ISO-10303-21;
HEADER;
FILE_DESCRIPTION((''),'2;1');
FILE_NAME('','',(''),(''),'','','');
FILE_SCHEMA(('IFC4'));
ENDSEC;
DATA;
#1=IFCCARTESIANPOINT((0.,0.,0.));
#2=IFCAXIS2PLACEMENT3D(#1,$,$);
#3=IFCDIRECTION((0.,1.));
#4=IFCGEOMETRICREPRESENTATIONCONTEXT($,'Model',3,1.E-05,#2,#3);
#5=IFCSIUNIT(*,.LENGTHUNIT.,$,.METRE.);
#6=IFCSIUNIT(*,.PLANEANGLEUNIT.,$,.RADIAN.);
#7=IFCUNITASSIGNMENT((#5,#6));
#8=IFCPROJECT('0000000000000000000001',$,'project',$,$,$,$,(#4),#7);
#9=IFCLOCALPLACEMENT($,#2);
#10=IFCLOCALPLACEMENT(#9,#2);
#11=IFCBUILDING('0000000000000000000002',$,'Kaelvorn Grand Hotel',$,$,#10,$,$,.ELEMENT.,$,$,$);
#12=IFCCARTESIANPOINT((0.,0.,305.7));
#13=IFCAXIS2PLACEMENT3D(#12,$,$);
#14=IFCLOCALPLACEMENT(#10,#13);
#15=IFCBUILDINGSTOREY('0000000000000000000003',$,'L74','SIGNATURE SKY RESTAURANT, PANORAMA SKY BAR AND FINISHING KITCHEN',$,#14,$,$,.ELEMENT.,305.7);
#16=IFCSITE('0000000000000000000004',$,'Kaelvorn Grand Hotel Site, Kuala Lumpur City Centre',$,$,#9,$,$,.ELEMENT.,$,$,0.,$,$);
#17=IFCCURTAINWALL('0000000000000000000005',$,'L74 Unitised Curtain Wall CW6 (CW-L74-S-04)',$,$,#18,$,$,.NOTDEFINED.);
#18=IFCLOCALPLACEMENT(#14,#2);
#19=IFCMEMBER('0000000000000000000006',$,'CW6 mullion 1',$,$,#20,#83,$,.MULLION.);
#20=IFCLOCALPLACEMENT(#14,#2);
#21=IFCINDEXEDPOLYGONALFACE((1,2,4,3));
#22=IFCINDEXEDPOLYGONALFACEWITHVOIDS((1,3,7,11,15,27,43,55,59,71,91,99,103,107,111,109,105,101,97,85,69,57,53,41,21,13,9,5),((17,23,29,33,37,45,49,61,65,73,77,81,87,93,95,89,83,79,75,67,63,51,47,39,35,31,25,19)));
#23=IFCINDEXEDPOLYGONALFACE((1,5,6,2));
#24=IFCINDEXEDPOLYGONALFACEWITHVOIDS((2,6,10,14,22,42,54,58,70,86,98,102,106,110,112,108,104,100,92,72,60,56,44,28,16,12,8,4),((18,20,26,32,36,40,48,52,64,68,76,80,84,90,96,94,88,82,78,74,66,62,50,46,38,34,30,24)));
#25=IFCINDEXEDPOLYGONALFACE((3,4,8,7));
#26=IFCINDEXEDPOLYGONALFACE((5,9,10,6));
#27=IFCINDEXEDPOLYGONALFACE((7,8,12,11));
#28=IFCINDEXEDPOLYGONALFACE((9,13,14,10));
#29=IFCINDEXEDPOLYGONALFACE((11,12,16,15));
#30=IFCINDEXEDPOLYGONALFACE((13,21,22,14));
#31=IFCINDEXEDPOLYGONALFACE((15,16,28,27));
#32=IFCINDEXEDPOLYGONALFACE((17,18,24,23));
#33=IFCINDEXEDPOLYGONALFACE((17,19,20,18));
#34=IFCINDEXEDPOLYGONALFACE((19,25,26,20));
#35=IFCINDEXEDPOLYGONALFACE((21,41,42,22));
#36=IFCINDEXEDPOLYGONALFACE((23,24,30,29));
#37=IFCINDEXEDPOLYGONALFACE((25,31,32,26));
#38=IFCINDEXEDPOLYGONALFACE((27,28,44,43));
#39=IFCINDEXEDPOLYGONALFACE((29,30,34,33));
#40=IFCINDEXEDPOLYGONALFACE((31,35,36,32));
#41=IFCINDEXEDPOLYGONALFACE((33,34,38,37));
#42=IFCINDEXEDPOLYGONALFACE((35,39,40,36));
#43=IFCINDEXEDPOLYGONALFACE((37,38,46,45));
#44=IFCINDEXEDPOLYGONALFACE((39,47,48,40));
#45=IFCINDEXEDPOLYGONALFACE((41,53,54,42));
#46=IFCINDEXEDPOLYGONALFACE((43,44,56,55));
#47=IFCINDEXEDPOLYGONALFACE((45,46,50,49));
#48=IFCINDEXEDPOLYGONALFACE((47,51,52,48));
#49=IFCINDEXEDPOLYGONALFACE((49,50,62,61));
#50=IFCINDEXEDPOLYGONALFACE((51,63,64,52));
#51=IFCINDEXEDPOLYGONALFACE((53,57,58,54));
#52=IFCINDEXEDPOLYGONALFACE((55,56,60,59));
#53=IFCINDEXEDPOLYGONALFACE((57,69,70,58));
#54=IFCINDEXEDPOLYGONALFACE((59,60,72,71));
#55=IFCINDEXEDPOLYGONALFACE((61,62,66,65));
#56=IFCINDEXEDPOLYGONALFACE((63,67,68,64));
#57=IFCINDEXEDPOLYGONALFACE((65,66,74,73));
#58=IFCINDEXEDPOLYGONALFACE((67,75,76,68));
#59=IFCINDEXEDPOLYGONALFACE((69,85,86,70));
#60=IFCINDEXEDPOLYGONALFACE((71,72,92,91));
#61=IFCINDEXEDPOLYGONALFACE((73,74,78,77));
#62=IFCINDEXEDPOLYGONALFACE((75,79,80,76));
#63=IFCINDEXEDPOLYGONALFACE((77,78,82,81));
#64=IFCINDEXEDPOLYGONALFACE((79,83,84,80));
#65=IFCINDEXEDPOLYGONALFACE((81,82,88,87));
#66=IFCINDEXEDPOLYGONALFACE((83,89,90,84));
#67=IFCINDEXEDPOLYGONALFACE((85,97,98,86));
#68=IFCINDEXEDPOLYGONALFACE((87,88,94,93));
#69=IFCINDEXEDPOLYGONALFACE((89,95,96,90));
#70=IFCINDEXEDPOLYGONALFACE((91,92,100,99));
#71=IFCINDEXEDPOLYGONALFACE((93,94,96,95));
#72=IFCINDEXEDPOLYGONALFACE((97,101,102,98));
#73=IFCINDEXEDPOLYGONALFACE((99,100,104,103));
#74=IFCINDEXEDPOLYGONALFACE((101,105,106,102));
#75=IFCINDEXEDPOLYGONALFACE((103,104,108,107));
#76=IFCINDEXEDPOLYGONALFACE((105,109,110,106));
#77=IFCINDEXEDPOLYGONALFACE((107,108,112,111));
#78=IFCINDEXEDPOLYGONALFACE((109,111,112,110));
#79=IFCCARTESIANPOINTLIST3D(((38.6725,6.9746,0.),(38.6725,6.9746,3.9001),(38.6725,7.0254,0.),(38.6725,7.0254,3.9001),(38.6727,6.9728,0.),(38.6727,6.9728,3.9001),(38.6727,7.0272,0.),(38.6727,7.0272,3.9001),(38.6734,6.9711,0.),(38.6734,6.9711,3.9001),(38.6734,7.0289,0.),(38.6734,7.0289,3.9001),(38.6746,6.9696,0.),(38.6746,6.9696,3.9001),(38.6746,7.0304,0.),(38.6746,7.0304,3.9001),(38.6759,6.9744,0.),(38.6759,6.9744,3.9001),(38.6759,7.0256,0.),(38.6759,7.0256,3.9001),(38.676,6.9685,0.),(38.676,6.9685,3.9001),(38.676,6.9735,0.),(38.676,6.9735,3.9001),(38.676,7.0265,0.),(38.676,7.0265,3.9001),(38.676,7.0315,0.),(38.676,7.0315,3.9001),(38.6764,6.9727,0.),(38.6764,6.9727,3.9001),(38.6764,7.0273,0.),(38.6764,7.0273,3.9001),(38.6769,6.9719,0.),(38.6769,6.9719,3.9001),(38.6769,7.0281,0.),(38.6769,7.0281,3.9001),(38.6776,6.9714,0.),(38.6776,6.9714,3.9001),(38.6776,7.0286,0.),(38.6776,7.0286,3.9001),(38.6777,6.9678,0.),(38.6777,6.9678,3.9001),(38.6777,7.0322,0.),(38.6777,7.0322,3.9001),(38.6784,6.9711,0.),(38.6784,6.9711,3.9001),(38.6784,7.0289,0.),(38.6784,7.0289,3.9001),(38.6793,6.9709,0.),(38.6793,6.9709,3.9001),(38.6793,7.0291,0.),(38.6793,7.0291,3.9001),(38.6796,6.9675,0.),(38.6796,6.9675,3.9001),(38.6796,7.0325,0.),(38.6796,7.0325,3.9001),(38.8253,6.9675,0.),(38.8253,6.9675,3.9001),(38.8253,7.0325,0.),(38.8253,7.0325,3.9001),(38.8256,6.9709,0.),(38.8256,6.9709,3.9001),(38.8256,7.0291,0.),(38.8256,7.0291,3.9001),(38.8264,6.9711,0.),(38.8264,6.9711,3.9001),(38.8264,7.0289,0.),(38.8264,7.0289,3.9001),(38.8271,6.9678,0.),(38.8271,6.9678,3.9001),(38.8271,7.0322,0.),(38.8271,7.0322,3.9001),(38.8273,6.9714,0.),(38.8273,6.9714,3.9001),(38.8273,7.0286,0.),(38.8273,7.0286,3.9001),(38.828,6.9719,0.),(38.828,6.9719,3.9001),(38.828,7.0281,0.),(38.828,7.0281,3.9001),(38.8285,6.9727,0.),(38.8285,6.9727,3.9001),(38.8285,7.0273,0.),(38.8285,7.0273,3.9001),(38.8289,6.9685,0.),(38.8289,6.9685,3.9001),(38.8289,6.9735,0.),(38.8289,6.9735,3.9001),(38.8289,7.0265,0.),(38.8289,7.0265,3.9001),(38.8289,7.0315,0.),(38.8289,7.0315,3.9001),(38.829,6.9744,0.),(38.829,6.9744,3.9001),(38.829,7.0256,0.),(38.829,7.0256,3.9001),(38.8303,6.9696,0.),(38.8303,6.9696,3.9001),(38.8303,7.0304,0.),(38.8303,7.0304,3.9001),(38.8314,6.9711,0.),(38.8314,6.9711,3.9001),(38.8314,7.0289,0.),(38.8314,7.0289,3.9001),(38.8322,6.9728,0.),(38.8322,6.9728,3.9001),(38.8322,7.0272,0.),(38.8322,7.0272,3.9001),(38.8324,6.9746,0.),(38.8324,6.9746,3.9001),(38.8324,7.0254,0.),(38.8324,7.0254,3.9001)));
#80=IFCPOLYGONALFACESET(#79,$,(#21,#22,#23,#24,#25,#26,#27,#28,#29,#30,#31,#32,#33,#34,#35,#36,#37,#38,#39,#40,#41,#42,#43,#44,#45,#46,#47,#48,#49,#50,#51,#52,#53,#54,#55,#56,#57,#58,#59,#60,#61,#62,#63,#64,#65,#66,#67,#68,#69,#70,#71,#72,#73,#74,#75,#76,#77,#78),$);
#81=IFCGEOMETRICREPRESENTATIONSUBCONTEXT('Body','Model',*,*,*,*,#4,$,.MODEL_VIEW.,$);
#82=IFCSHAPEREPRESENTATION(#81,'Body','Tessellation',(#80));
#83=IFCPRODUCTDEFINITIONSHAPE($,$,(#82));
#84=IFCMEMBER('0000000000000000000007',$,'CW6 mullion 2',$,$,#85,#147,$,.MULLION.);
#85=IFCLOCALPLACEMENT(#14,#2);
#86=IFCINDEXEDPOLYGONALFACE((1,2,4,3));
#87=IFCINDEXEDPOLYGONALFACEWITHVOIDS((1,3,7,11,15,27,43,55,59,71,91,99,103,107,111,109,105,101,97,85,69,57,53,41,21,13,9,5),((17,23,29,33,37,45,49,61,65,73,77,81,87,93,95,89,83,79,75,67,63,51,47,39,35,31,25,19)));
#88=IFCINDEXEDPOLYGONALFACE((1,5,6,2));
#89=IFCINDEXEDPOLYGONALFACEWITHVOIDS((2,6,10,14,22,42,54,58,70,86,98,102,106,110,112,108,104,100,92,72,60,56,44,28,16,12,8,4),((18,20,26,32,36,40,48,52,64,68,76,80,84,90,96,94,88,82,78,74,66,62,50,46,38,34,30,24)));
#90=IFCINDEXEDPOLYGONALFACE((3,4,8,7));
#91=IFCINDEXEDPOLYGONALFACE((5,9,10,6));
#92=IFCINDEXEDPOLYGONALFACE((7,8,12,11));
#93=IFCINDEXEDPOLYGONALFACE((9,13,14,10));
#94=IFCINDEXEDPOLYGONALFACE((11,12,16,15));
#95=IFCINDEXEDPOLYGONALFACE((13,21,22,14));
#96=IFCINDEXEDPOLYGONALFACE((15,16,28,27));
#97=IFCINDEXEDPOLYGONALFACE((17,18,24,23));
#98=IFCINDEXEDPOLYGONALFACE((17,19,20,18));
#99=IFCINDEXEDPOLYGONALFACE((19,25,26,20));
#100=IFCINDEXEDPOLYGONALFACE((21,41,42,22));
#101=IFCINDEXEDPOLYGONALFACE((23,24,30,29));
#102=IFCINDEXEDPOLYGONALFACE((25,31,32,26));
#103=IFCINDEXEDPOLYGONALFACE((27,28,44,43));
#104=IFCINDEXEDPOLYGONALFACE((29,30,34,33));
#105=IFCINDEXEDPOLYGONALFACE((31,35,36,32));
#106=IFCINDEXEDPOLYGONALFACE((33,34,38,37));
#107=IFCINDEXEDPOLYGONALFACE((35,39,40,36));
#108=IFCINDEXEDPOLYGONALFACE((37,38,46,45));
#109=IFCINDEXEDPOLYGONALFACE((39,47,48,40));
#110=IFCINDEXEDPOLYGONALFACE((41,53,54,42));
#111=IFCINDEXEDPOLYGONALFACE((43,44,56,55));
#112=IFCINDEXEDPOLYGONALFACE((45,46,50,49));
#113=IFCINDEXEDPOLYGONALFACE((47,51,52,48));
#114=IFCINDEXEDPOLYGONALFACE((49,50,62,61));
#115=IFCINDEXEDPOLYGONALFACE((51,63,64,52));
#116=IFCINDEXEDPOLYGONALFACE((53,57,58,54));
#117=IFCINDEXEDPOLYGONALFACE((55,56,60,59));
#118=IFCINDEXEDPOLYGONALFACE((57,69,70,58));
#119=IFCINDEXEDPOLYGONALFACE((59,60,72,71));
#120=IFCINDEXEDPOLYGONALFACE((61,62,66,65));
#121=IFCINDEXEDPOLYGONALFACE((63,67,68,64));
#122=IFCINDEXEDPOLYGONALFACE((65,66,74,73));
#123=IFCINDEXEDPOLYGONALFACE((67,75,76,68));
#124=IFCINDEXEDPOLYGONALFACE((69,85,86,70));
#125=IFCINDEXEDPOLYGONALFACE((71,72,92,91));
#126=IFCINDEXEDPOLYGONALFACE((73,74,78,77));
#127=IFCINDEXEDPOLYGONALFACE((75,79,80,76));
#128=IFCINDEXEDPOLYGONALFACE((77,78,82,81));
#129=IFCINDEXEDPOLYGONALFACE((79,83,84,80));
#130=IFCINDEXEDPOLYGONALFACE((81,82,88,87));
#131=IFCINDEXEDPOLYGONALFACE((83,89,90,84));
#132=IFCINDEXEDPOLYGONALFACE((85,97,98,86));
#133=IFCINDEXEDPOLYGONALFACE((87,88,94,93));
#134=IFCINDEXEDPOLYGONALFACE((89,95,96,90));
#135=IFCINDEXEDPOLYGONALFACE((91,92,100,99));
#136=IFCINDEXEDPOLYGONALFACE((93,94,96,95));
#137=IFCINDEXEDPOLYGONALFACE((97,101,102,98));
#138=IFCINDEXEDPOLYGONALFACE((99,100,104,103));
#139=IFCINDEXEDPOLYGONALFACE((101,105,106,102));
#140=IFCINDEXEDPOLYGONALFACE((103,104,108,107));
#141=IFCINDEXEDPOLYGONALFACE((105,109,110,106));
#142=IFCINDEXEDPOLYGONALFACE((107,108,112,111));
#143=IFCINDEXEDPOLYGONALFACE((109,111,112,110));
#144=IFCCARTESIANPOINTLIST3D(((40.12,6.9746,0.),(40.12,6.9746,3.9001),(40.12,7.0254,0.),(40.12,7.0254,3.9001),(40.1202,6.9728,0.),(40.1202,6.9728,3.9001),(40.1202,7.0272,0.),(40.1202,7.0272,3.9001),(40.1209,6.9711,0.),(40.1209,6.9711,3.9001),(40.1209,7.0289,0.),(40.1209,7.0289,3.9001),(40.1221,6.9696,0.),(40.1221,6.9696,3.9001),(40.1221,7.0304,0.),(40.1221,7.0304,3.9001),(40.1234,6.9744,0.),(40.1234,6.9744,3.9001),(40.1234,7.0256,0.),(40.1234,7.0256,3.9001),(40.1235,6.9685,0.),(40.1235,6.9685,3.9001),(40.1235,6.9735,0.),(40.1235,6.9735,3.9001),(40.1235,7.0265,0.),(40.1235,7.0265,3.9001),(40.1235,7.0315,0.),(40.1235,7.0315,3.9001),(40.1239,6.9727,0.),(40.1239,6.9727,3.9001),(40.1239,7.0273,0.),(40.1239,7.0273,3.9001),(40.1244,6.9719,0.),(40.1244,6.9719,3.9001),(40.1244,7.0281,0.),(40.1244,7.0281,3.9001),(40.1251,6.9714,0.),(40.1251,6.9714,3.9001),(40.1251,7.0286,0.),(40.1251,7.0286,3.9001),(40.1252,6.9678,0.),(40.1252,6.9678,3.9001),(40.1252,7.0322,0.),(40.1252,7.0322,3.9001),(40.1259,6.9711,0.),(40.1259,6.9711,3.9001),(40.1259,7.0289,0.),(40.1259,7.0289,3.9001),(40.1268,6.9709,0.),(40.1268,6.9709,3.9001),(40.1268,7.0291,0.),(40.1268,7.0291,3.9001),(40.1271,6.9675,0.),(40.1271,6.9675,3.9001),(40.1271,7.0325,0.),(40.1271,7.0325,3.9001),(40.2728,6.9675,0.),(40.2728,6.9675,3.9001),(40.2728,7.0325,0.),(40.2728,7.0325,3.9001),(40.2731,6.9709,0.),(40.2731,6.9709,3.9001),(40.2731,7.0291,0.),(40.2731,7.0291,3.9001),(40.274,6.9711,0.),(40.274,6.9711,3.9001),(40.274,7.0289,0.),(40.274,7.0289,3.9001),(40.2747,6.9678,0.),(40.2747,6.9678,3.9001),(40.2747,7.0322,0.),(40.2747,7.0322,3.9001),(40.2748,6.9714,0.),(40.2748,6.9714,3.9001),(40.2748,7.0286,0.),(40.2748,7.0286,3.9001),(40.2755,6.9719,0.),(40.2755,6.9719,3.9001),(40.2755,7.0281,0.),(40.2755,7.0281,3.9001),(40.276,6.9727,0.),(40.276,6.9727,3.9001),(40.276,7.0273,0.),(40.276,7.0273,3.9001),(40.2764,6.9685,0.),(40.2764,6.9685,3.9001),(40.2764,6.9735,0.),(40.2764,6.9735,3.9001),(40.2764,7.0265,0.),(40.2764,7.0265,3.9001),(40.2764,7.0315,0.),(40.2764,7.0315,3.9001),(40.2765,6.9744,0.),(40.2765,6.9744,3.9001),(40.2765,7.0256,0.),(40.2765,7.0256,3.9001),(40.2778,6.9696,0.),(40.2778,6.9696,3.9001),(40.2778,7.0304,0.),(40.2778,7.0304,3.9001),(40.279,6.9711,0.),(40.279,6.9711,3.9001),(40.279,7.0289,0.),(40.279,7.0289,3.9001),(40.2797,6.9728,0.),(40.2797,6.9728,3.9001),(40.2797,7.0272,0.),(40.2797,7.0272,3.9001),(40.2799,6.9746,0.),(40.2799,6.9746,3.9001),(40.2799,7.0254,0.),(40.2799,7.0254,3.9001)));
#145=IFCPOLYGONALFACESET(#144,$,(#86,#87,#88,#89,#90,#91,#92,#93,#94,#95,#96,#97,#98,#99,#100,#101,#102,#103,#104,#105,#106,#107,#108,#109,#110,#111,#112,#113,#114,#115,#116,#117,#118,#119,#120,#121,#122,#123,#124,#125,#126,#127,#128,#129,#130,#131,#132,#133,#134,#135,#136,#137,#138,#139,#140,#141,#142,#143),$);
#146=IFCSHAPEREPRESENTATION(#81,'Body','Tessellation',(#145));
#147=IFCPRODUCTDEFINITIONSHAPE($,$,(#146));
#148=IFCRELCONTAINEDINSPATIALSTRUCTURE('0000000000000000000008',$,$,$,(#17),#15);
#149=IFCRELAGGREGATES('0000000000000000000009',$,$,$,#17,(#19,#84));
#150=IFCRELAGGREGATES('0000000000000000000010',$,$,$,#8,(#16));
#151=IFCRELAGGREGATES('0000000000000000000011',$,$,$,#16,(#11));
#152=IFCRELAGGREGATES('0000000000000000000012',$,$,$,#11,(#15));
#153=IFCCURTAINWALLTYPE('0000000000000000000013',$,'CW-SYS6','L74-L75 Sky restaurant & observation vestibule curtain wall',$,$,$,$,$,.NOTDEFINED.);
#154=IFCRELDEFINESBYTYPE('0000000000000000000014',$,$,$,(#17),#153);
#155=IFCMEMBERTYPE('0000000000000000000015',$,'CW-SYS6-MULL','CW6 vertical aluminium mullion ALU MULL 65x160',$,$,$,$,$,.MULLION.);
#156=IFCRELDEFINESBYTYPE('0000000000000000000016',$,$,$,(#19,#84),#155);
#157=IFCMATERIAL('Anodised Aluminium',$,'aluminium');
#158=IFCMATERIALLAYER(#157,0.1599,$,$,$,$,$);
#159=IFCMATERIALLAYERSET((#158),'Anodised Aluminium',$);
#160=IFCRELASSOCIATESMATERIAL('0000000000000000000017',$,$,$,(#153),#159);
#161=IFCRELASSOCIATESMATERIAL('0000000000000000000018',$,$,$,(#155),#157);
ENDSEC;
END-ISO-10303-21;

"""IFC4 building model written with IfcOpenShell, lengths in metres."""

from ifc_helpers import new_model, si_unit, direction, frame, origin, origin_2d, place, context, subcontext, project, spatial, hollow_rectangle, extrude, material, layer, layer_set, material_profile, profile_set, type_object, element, aggregate, save


model = new_model("IFC4")

# Units and contexts
model_context = context("Model", 3, precision=1e-05, world=origin(), true_north=direction((0.0, 1.0)))
body_context = subcontext(model_context, "Body", "Model", "MODEL_VIEW")
ifc_project = project(units=[si_unit("LENGTHUNIT", "METRE"), si_unit("PLANEANGLEUNIT", "RADIAN")], contexts=[model_context])

# Site, building, storey
site_placement = place(None, origin())
site = spatial("IfcSite", under=ifc_project, at=site_placement, Name="Kaelvorn Grand Hotel Site, Kuala Lumpur City Centre", CompositionType="ELEMENT", RefElevation=0.0)
building_placement = place(site_placement, origin())
building = spatial("IfcBuilding", under=site, at=building_placement, Name="Kaelvorn Grand Hotel", CompositionType="ELEMENT")
storey_placement = place(building_placement, frame((0.0, 0.0, 305.7)))
storey = spatial("IfcBuildingStorey", under=building, at=storey_placement, Name="L74", Description="SIGNATURE SKY RESTAURANT, PANORAMA SKY BAR AND FINISHING KITCHEN", CompositionType="ELEMENT", Elevation=305.7)

# Shared definitions
ifc_material_1 = material(Name="Anodised Aluminium", Category="aluminium")
ifc_layer_1 = layer(ifc_material_1, 0.1599)
ifc_layer_set_1 = layer_set([ifc_layer_1], Name="Anodised Aluminium")
curtain_wall_type = type_object("IfcCurtainWallType", Name="CW-SYS6", Description="L74-L75 Sky restaurant & observation vestibule curtain wall", PredefinedType="NOTDEFINED", material=ifc_layer_set_1)
ifc_material_profile_1 = material_profile(ifc_material_1, hollow_rectangle(XDim=0.0649, YDim=0.1599, WallThickness=0.0034, InnerFilletRadius=0.0034, OuterFilletRadius=0.0071, at=origin_2d()), Name="ALU MULL 65x160")
ifc_profile_set_1 = profile_set([ifc_material_profile_1], Name="Anodised Aluminium")
member_type_1 = type_object("IfcMemberType", Name="CW-SYS6-MULL", Description="CW6 vertical aluminium mullion ALU MULL 65x160", PredefinedType="MULLION", material=ifc_profile_set_1)

# Curtain wall, members
curtain_wall_1_placement = place(storey_placement, origin())
curtain_wall_1 = element("IfcCurtainWall", 1, at=curtain_wall_1_placement, inside=storey, type_object=curtain_wall_type, Name="L74 Unitised Curtain Wall CW6 (CW-L74-S-04)", PredefinedType="NOTDEFINED")
member_1_placement = place(storey_placement, frame((38.7524, 7.0, 0.0), z_axis=(0.0, 0.0, 1.0), x_axis=(0.0, 1.0, 0.0)))
member_1 = element("IfcMember", 2, at=member_1_placement, type_object=member_type_1, Name="CW6 mullion 1", PredefinedType="MULLION", context=body_context, shape_type="SweptSolid", body=[
    extrude(hollow_rectangle(XDim=0.0649, YDim=0.1599, WallThickness=0.0034, InnerFilletRadius=0.0034, OuterFilletRadius=0.0071, at=origin_2d()), origin(), (0.0, 0.0, 1.0), 3.9001),
])
member_2_placement = place(storey_placement, frame((40.2, 7.0, 0.0), z_axis=(0.0, 0.0, 1.0), x_axis=(0.0, 1.0, 0.0)))
member_2 = element("IfcMember", 3, at=member_2_placement, type_object=member_type_1, Name="CW6 mullion 2", PredefinedType="MULLION", context=body_context, shape_type="SweptSolid", body=[
    extrude(hollow_rectangle(XDim=0.0649, YDim=0.1599, WallThickness=0.0034, InnerFilletRadius=0.0034, OuterFilletRadius=0.0071, at=origin_2d()), origin(), (0.0, 0.0, 1.0), 3.9001),
])
aggregate(curtain_wall_1, [member_1, member_2])

save(model, "model.ifc")
